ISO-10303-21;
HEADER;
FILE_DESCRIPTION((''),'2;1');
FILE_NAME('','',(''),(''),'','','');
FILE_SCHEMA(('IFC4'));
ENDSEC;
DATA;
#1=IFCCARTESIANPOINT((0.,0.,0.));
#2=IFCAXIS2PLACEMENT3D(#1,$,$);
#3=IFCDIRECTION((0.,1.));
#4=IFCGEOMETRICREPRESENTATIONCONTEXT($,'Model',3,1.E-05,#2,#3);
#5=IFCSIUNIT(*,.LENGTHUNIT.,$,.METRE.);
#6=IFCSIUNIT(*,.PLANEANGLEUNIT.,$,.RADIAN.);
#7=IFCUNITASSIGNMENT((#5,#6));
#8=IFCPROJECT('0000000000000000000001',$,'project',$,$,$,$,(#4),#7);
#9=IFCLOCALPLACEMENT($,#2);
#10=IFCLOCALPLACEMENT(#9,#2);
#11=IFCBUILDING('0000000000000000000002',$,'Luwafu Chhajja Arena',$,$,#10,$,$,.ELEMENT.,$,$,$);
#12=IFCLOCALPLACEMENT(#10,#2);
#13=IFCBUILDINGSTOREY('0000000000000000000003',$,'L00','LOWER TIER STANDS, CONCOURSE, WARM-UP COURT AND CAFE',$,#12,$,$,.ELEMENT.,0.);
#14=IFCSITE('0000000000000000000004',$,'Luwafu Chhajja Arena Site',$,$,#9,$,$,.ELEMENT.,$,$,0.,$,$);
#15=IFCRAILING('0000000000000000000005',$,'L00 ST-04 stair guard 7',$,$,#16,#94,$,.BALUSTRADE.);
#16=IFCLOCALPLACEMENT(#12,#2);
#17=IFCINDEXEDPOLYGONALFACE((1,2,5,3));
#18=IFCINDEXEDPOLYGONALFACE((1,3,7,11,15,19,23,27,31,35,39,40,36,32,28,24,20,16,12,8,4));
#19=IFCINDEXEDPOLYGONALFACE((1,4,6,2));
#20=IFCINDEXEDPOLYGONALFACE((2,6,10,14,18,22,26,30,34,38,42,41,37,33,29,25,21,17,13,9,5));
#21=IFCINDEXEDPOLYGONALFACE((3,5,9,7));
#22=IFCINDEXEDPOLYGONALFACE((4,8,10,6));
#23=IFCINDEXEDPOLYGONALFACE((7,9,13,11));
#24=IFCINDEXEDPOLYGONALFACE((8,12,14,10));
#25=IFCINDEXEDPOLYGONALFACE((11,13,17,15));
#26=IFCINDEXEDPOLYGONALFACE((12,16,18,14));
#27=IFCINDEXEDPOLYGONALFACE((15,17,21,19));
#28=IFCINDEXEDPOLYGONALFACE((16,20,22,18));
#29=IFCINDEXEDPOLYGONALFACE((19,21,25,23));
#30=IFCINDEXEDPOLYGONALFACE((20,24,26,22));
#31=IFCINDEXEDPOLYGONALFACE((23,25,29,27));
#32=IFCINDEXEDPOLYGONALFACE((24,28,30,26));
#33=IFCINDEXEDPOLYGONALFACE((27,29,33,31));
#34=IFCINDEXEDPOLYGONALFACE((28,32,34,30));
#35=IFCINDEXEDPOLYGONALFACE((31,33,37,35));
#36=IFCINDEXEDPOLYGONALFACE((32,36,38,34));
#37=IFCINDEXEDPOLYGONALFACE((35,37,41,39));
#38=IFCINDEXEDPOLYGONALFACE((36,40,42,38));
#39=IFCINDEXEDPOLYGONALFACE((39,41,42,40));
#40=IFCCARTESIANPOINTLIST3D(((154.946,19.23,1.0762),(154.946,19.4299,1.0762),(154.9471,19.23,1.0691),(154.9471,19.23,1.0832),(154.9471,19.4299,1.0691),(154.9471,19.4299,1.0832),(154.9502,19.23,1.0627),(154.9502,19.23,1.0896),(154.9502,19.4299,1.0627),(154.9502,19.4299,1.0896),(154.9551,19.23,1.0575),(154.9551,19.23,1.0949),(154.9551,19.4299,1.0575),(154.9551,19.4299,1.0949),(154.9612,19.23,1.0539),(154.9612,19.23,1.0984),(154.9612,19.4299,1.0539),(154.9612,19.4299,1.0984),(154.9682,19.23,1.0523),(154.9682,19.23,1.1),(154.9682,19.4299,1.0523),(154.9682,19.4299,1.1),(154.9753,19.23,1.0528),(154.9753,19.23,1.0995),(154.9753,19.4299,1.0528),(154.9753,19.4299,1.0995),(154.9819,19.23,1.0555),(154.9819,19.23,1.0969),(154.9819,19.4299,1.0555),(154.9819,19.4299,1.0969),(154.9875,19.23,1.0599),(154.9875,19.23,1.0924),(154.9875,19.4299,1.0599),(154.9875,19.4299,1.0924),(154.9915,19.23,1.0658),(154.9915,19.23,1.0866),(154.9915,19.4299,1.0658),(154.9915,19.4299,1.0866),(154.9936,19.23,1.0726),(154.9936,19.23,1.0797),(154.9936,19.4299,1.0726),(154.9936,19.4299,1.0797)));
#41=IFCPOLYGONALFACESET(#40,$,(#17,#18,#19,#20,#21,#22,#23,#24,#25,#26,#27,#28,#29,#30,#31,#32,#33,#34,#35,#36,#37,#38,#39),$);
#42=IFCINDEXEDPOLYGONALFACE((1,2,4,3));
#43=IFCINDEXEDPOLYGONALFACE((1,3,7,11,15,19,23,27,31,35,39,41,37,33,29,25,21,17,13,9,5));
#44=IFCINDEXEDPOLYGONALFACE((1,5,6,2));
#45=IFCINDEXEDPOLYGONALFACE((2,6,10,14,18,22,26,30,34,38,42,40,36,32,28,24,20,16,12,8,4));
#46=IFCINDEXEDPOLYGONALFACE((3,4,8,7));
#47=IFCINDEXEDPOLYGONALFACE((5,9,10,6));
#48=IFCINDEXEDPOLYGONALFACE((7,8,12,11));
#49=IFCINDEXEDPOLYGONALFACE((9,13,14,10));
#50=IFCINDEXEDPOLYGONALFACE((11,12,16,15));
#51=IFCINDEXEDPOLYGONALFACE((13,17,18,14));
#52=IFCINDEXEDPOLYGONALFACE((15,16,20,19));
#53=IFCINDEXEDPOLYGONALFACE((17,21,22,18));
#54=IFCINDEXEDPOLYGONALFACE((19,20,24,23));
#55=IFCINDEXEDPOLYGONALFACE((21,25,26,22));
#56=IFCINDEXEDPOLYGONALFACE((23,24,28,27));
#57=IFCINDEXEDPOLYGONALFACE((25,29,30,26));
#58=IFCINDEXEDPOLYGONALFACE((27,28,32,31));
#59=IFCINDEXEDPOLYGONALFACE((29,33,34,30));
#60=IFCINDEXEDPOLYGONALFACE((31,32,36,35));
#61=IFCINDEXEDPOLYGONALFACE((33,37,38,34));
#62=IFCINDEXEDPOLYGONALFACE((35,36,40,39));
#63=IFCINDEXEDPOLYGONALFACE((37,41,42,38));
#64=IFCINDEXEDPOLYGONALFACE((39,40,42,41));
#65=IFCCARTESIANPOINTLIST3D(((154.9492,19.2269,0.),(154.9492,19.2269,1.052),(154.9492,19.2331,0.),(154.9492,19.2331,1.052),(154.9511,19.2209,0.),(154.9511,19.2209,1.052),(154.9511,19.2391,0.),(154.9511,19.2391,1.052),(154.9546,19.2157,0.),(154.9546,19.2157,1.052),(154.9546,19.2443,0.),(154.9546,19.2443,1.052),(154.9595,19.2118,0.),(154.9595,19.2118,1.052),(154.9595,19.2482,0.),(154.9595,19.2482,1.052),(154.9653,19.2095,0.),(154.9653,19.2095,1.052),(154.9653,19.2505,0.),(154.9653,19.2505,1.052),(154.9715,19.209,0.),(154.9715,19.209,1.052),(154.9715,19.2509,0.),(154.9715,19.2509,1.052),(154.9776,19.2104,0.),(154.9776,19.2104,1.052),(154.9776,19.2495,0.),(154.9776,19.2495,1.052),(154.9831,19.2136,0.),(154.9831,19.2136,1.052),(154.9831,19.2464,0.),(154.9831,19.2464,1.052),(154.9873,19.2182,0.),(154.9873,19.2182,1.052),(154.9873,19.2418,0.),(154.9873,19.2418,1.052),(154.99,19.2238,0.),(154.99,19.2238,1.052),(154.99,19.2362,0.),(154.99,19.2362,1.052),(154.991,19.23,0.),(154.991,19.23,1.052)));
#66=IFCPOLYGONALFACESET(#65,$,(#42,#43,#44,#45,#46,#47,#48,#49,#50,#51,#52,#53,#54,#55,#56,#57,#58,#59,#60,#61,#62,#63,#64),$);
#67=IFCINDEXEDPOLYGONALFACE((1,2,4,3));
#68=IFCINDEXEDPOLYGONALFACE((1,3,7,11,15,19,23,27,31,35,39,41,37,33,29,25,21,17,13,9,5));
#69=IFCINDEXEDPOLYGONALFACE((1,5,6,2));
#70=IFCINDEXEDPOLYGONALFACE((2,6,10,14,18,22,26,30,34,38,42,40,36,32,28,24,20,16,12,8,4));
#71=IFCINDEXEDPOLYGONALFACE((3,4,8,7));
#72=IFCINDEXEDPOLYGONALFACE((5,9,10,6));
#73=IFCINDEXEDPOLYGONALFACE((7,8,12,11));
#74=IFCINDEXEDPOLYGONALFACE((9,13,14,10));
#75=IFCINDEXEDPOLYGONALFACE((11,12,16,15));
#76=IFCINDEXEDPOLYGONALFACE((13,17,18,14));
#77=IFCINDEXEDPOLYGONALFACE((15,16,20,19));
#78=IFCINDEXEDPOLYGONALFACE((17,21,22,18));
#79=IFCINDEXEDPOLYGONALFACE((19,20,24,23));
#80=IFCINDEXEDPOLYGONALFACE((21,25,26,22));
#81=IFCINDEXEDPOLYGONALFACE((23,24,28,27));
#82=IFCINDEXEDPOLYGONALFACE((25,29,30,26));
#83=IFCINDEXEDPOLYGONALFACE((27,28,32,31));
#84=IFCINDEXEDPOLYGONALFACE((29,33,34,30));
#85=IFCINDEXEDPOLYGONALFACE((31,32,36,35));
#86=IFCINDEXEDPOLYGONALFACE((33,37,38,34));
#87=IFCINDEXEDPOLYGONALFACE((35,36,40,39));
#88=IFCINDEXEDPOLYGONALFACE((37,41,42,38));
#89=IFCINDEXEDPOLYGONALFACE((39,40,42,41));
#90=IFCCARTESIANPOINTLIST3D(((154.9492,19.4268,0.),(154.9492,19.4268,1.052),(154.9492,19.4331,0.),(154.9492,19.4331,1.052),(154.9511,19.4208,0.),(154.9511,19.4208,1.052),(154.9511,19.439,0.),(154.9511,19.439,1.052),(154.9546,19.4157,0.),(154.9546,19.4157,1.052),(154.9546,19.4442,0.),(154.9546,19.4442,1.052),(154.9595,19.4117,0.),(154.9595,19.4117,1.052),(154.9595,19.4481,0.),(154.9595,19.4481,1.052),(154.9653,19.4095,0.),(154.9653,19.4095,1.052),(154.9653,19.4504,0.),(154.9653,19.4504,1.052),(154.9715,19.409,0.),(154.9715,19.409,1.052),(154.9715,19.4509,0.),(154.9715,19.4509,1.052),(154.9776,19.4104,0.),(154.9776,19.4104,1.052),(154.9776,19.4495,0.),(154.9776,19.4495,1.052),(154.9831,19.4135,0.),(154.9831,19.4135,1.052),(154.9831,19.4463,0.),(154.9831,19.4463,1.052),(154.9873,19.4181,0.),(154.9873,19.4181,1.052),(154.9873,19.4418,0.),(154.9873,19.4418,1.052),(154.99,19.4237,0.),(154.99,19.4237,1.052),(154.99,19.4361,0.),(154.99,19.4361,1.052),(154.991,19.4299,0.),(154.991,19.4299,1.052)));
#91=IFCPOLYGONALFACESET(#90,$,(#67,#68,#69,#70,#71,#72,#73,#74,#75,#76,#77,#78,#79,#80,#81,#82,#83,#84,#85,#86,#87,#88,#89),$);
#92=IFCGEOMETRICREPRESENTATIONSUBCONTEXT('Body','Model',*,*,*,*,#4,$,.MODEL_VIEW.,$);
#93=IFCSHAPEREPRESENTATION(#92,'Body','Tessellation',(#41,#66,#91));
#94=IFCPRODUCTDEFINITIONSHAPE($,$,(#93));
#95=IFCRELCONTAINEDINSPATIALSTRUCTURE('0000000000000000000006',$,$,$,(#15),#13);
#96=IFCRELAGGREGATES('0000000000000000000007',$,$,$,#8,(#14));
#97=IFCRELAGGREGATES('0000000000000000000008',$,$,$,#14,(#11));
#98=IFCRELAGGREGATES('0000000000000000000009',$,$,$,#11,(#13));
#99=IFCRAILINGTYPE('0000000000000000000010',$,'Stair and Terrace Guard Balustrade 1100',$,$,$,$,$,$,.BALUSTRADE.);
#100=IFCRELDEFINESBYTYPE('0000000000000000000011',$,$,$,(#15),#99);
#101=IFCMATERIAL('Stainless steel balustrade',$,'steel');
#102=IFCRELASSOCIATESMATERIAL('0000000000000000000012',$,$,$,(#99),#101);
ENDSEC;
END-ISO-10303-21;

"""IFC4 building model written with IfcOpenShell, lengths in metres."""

from ifc_helpers import new_model, si_unit, direction, frame, origin, origin_2d, place, context, subcontext, project, spatial, circle, extrude, material, type_object, element, save


model = new_model("IFC4")

# Units and contexts
model_context = context("Model", 3, precision=1e-05, world=origin(), true_north=direction((0.0, 1.0)))
body_context = subcontext(model_context, "Body", "Model", "MODEL_VIEW")
ifc_project = project(units=[si_unit("LENGTHUNIT", "METRE"), si_unit("PLANEANGLEUNIT", "RADIAN")], contexts=[model_context])

# Site, building, storey
site_placement = place(None, origin())
site = spatial("IfcSite", under=ifc_project, at=site_placement, Name="Luwafu Chhajja Arena Site", CompositionType="ELEMENT", RefElevation=0.0)
building_placement = place(site_placement, origin())
building = spatial("IfcBuilding", under=site, at=building_placement, Name="Luwafu Chhajja Arena", CompositionType="ELEMENT")
storey_placement = place(building_placement, origin())
storey = spatial("IfcBuildingStorey", under=building, at=storey_placement, Name="L00", Description="LOWER TIER STANDS, CONCOURSE, WARM-UP COURT AND CAFE", CompositionType="ELEMENT", Elevation=0.0)

# Railing
ifc_material_1 = material(Name="Stainless steel balustrade", Category="steel")
railing_type_1 = type_object("IfcRailingType", Name="Stair and Terrace Guard Balustrade 1100", PredefinedType="BALUSTRADE", material=ifc_material_1)
railing_1_placement = place(storey_placement, frame((154.97, 19.23, 0.0)))
element("IfcRailing", 1, at=railing_1_placement, inside=storey, type_object=railing_type_1, Name="L00 ST-04 stair guard 7", PredefinedType="BALUSTRADE", context=body_context, shape_type="SweptSolid", body=[
    extrude(circle(Radius=0.0239, at=origin_2d()), frame((0.0, 0.0, 1.0762), z_axis=(0.0, 1.0, 0.0), x_axis=(-1.0, 0.0, 0.0)), (0.0, 0.0, 1.0), 0.2),
    extrude(circle(Radius=0.021, at=origin_2d()), origin(), (0.0, 0.0, 1.0), 1.052),
    extrude(circle(Radius=0.021, at=origin_2d()), frame((0.0, 0.2, 0.0)), (0.0, 0.0, 1.0), 1.052),
])

save(model, "model.ifc")
